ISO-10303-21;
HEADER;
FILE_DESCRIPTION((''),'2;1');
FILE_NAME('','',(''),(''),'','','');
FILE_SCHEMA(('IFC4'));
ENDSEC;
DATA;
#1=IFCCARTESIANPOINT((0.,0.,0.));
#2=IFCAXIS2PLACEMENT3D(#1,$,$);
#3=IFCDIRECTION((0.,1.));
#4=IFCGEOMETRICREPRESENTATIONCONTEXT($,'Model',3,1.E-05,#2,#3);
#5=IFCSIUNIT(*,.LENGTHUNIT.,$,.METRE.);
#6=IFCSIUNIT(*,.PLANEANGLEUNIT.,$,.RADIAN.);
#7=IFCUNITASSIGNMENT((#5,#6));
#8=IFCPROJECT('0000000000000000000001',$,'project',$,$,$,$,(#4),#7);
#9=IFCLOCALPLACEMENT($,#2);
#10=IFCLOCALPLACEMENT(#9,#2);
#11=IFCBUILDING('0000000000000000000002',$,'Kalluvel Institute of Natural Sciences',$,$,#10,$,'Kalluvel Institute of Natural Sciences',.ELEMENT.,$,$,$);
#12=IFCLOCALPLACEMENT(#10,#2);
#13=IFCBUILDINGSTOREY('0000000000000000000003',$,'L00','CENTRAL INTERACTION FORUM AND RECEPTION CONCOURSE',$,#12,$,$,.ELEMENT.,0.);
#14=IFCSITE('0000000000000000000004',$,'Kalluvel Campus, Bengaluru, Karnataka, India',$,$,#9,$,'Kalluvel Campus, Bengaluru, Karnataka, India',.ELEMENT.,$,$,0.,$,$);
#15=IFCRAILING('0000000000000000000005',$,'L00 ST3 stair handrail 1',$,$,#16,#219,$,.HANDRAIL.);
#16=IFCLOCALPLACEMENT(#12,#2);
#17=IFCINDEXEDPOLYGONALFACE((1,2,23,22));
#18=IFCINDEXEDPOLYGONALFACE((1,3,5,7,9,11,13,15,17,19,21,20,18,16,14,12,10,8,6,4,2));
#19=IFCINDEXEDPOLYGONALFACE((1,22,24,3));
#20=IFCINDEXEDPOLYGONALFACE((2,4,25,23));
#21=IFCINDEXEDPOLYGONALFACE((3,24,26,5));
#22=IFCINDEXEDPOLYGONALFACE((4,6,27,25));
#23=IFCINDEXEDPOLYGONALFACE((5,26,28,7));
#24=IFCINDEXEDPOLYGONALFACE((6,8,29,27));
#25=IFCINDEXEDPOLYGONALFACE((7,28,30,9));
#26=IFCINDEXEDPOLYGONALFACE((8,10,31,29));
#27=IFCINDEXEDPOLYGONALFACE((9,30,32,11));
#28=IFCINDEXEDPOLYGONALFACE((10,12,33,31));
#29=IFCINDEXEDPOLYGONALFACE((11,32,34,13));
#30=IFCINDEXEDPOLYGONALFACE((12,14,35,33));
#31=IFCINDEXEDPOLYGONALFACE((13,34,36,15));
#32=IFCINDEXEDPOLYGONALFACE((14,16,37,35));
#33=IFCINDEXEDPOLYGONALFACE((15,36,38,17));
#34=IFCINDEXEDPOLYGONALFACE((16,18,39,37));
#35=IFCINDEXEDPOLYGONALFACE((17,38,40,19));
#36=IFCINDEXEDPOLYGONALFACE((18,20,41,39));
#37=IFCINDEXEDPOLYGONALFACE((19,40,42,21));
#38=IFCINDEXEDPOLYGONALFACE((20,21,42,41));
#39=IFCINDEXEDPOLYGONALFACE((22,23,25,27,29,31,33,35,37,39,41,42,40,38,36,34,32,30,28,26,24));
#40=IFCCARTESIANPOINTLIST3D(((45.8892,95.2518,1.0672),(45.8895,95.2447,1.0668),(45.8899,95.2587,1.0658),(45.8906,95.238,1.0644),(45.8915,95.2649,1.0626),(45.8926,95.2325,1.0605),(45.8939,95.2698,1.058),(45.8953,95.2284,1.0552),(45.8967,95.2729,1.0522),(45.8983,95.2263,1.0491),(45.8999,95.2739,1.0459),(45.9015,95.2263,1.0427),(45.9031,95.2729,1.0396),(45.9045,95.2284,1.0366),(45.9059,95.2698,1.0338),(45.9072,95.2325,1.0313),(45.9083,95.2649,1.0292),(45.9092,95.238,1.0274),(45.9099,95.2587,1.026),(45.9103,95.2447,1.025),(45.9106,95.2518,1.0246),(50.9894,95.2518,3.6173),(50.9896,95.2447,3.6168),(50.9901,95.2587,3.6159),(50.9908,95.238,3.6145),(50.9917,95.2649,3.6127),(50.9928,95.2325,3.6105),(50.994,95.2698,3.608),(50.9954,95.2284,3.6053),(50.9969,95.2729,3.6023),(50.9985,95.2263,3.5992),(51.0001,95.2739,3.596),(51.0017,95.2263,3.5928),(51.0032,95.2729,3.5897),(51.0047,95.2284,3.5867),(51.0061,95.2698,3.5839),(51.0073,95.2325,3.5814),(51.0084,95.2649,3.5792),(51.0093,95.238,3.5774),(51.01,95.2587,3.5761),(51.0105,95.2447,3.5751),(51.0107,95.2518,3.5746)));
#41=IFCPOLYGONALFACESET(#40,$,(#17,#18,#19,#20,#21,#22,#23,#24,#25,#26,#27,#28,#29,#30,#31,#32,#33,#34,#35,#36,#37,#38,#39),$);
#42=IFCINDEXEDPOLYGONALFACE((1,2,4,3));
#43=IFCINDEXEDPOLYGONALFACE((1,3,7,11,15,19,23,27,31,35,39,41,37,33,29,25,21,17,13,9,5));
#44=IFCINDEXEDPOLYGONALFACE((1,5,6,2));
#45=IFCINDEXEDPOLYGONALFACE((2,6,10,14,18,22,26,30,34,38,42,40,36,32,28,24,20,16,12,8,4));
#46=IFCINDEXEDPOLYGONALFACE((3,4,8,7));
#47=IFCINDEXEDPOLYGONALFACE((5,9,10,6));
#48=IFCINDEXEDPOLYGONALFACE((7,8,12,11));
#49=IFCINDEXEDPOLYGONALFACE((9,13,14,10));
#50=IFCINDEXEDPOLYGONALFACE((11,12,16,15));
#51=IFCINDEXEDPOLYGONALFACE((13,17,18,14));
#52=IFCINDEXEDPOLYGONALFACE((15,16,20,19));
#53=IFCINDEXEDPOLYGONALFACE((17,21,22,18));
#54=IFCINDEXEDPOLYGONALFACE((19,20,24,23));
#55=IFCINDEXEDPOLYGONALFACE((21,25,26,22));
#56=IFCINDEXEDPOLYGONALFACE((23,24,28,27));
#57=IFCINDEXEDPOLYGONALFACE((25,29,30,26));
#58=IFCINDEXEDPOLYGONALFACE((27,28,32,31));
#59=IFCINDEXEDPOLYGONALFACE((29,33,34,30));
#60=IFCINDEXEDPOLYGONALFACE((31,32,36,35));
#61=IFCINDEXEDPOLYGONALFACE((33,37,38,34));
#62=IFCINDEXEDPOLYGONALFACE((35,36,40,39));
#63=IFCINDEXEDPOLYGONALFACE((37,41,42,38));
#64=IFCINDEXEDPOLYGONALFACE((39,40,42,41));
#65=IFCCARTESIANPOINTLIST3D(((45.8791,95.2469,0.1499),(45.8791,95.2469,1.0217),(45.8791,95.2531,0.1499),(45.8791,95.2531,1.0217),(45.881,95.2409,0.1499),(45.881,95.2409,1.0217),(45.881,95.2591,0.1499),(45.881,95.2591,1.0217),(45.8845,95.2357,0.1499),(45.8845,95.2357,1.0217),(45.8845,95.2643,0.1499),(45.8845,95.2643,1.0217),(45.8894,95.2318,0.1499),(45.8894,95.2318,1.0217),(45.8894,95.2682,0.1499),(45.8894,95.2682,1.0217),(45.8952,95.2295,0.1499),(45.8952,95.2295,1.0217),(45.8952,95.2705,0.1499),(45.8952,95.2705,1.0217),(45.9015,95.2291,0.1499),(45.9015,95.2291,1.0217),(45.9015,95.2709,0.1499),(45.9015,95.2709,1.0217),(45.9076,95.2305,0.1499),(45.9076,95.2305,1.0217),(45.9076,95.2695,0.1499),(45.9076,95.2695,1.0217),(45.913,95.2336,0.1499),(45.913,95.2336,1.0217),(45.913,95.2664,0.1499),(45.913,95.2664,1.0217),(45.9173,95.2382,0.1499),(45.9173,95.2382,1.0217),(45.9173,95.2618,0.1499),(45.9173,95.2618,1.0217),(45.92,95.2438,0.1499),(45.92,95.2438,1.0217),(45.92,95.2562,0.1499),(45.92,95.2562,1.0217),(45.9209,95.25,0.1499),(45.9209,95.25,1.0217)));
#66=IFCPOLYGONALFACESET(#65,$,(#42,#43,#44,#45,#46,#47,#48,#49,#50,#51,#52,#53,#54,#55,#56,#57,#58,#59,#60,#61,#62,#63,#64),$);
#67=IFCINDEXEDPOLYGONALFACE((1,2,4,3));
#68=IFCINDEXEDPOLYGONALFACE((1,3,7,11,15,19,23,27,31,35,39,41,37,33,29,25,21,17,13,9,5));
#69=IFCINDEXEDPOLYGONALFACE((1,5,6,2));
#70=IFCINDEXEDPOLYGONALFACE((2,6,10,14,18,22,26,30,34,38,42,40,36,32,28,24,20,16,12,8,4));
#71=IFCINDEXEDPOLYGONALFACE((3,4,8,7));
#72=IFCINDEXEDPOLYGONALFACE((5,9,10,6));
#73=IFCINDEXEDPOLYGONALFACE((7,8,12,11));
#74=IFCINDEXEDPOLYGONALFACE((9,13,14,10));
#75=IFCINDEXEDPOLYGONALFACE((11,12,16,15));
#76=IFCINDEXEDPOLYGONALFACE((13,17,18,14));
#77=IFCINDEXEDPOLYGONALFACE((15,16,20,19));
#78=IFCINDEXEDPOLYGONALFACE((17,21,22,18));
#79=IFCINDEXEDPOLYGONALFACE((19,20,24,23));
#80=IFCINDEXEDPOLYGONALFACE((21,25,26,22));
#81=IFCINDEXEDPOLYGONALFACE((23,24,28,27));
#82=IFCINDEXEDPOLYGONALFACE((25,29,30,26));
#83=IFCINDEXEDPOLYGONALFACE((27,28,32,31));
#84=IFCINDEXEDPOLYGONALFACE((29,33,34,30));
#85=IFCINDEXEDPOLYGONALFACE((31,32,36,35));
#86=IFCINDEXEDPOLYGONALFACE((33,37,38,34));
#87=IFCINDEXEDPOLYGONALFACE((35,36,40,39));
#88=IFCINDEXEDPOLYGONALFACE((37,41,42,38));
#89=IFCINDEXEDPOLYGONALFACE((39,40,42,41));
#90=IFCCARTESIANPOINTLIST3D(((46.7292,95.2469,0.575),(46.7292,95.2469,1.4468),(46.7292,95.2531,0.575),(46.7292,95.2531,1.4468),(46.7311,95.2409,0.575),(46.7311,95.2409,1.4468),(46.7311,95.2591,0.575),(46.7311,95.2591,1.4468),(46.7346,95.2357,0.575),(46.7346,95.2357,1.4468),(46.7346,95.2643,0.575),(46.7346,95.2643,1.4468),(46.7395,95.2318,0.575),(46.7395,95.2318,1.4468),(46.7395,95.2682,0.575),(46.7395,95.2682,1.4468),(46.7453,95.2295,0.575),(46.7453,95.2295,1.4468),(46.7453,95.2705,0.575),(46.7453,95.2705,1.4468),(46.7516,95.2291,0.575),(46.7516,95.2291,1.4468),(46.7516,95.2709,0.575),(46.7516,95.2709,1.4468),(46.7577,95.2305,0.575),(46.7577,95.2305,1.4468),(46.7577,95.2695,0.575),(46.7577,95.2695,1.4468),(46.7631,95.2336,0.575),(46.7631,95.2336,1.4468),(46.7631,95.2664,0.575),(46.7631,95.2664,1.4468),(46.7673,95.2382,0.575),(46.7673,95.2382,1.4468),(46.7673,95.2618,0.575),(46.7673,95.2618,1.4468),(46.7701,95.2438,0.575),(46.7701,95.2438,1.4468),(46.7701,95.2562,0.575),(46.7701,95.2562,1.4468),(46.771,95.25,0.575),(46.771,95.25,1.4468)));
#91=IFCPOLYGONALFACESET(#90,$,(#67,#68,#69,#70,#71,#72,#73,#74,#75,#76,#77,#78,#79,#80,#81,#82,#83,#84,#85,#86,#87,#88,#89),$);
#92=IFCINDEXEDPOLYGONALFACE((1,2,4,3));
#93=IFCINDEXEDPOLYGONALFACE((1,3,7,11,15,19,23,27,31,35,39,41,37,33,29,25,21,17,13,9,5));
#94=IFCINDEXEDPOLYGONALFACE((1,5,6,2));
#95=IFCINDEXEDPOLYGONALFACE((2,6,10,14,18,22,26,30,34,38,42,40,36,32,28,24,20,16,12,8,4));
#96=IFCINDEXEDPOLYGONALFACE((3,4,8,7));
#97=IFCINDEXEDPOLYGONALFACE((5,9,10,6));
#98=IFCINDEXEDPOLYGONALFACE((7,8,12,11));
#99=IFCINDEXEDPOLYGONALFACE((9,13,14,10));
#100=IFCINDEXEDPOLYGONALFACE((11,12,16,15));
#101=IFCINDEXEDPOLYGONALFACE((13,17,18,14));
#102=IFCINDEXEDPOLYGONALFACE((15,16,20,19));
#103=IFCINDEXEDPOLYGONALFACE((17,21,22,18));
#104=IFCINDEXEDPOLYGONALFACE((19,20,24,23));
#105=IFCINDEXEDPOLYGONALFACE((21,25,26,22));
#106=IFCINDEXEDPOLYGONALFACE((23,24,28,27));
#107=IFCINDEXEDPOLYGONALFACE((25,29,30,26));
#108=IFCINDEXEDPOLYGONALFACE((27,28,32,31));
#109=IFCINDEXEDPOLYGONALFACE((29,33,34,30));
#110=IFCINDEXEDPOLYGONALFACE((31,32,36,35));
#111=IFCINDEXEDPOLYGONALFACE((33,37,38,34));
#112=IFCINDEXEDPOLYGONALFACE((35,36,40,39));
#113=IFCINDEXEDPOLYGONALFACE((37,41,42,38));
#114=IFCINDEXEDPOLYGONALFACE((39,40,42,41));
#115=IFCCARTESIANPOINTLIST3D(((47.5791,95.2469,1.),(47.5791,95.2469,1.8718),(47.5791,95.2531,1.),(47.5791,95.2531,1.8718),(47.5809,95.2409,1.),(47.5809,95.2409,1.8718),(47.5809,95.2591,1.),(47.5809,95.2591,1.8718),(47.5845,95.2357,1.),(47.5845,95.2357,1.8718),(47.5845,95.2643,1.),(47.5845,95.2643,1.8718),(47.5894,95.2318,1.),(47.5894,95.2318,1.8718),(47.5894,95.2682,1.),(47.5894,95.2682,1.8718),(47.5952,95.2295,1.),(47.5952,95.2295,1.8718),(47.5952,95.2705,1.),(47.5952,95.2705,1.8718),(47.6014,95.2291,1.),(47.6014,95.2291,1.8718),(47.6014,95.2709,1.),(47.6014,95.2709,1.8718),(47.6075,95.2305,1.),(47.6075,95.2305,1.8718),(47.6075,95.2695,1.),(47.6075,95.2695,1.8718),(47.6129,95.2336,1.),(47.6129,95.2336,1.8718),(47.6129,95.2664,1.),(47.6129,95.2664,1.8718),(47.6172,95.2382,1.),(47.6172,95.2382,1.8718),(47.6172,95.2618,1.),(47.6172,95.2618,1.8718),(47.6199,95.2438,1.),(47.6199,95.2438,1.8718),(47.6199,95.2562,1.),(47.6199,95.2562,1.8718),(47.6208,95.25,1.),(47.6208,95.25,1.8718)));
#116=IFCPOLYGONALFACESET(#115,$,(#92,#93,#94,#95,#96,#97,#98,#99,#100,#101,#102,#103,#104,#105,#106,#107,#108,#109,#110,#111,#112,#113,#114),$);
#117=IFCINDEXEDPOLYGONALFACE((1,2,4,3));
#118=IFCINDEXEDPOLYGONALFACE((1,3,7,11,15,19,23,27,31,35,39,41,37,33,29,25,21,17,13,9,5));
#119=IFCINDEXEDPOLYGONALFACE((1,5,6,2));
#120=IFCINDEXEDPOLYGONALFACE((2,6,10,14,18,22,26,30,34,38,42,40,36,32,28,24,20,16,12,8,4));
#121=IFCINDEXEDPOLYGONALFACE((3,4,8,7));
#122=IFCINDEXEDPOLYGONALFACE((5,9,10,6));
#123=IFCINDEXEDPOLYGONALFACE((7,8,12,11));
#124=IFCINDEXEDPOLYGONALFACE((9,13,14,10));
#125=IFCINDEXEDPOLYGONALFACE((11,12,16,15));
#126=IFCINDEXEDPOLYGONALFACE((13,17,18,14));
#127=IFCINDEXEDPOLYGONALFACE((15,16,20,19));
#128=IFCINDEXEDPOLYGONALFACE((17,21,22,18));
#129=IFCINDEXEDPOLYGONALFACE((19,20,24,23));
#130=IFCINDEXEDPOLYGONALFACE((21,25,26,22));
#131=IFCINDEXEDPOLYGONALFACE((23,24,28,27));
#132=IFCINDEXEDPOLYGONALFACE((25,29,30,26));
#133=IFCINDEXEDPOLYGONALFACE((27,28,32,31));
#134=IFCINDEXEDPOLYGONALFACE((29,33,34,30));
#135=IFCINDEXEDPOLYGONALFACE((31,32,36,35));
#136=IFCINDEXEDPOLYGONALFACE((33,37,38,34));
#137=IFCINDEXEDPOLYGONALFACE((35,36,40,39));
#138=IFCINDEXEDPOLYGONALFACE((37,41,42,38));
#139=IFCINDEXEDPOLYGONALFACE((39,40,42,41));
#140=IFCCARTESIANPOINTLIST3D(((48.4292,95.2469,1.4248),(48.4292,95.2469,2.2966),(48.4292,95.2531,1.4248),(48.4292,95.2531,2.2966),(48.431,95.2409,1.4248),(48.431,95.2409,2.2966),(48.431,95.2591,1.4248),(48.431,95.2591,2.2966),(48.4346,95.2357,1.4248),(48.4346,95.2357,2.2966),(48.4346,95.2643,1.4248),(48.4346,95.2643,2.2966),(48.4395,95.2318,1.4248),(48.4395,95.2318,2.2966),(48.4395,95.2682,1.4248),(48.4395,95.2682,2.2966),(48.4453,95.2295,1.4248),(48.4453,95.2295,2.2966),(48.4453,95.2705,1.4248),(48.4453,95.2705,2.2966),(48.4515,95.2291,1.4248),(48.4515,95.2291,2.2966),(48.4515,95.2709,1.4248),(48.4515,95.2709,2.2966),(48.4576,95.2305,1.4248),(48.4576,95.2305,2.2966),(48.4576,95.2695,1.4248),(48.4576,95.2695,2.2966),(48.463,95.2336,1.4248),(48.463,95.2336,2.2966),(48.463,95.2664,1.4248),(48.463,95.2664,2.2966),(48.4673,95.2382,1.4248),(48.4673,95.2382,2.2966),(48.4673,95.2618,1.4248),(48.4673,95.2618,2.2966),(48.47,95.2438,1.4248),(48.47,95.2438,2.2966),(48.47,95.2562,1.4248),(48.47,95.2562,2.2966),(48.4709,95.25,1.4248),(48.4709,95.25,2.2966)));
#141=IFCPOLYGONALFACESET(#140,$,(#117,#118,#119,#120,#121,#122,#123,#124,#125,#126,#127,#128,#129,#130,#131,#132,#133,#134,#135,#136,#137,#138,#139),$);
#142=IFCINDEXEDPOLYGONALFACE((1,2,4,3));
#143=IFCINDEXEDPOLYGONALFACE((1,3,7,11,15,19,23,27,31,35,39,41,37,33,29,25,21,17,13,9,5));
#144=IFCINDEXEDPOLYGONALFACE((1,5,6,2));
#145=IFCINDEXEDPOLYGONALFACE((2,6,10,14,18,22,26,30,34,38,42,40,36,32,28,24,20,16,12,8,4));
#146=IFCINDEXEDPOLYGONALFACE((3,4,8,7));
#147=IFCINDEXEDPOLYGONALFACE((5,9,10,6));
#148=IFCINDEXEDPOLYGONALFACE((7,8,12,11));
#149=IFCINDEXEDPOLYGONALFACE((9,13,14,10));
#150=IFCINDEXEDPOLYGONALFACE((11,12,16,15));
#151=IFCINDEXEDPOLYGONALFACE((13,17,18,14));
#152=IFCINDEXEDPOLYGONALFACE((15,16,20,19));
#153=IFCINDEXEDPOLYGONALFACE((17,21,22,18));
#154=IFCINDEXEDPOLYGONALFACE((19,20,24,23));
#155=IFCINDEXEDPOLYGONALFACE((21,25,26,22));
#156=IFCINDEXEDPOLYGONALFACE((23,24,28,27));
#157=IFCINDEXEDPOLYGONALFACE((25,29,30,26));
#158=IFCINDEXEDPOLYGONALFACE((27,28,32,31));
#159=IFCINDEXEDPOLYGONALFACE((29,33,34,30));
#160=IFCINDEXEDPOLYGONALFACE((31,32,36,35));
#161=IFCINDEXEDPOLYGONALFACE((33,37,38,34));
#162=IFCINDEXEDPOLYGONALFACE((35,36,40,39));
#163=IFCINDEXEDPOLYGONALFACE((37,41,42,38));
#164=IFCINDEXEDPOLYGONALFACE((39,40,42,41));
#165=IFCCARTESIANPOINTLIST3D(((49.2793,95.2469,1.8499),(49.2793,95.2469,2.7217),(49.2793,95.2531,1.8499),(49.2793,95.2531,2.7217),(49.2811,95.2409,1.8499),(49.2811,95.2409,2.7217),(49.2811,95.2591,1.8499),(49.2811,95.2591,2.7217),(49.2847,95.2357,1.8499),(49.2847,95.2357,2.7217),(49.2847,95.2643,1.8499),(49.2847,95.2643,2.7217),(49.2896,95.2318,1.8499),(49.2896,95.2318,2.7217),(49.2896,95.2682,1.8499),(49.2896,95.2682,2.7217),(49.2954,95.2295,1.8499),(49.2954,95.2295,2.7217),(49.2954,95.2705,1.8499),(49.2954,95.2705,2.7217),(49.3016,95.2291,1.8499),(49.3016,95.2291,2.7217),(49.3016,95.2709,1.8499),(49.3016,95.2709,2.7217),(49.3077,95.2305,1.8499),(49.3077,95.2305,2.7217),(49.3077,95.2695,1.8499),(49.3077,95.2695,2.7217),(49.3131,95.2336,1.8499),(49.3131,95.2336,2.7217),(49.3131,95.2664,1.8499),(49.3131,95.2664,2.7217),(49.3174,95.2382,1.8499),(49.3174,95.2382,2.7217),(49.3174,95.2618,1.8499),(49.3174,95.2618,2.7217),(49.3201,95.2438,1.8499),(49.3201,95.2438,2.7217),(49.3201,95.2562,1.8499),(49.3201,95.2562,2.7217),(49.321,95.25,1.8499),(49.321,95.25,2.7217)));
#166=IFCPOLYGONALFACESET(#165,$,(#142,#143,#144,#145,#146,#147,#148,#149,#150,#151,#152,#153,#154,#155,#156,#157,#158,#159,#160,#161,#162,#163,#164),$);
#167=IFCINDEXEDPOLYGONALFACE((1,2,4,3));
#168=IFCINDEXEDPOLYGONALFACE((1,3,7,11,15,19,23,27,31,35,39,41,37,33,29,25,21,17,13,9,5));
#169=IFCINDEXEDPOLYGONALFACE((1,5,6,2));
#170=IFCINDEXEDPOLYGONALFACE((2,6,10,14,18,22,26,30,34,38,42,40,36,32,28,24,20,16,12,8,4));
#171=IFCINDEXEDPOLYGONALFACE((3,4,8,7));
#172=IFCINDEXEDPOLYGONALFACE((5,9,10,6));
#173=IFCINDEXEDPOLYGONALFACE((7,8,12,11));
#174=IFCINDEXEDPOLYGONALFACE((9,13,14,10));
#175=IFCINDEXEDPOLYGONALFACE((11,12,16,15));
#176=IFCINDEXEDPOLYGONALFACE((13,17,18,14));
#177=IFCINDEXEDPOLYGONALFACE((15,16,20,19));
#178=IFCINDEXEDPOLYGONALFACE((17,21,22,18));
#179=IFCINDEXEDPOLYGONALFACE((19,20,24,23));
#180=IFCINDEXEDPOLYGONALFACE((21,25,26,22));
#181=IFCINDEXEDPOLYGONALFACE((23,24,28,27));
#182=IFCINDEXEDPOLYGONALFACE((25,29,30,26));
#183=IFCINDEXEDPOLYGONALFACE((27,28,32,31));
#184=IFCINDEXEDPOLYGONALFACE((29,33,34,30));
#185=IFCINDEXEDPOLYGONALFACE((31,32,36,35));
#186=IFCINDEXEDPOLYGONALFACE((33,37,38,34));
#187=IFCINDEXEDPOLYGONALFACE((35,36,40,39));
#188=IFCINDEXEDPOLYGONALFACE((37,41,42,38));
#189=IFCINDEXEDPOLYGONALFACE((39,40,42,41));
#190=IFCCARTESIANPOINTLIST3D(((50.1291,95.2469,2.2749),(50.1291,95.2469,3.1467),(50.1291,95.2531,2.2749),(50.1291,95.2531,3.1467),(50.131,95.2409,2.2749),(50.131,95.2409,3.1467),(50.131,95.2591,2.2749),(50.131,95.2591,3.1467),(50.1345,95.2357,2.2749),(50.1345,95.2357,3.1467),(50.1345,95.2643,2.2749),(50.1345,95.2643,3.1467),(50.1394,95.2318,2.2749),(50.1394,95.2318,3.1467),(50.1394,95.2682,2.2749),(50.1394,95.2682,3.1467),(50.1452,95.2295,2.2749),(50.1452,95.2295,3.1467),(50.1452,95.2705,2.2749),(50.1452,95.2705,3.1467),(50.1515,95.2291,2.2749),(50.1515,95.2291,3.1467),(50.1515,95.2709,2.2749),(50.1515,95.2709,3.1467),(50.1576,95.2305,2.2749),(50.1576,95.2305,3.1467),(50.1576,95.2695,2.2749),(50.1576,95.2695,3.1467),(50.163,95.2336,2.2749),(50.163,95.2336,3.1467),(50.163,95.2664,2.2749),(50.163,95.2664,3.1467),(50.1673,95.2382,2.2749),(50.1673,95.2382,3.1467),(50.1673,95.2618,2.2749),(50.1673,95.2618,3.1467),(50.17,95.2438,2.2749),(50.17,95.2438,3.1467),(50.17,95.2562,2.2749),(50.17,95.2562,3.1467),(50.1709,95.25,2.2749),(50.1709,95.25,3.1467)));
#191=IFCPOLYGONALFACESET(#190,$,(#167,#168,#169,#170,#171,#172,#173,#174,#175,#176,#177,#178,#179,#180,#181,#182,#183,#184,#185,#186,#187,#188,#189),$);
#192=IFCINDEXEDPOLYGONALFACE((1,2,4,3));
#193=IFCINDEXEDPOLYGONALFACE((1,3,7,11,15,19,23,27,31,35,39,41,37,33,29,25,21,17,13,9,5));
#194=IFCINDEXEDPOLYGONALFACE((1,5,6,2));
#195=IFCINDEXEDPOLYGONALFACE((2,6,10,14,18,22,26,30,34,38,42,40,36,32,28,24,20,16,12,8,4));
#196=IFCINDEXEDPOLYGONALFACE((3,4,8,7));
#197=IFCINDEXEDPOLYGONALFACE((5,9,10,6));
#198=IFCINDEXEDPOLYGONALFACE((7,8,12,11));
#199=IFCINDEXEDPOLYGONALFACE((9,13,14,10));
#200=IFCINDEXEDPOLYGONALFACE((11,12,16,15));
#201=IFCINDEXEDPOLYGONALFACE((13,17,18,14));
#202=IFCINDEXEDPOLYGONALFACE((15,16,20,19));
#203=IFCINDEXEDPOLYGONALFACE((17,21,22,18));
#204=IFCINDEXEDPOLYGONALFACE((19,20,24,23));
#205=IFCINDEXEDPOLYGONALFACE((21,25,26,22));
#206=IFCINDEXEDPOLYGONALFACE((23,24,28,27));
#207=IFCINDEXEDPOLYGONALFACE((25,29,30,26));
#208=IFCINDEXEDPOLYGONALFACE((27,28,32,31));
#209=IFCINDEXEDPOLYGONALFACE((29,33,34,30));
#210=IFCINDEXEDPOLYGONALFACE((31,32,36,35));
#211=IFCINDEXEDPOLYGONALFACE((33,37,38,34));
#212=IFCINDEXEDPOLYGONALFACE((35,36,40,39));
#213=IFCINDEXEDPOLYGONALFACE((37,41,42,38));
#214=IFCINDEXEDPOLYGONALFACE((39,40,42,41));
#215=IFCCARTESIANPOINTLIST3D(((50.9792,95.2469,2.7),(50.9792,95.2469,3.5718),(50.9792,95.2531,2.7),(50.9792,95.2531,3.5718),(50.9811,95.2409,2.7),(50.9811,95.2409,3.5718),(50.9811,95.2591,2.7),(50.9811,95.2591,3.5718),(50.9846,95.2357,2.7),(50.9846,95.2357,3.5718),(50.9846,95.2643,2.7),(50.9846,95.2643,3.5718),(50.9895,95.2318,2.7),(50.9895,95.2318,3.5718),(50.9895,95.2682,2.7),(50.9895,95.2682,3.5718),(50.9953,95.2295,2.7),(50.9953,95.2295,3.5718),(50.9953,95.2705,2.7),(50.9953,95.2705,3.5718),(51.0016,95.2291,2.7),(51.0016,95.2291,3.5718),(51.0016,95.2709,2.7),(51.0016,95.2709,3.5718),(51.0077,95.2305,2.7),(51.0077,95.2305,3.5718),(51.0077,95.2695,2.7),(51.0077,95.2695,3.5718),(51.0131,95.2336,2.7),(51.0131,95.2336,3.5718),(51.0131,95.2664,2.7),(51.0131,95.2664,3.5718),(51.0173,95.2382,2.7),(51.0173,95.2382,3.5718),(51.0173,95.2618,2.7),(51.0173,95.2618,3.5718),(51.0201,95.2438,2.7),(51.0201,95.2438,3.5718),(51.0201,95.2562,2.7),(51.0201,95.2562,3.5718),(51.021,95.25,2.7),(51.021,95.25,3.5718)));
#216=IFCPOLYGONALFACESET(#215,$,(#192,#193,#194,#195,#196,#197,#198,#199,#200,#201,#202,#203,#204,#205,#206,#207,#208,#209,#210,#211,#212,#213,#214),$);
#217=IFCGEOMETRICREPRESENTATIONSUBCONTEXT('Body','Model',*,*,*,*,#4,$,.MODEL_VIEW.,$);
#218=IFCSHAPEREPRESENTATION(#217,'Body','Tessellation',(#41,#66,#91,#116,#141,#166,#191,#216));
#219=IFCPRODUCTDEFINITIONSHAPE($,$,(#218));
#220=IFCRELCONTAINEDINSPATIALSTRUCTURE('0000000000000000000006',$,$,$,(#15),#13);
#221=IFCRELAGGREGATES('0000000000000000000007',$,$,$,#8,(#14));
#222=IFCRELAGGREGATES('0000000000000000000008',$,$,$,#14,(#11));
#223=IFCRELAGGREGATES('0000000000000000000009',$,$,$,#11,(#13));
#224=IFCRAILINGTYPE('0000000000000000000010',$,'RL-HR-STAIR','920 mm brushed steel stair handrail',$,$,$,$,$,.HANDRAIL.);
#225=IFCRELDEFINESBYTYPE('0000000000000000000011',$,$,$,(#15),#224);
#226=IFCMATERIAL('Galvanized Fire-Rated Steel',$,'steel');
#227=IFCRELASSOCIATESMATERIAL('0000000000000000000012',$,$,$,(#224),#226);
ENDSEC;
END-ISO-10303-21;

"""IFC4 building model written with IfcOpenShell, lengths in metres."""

from ifc_helpers import new_model, si_unit, direction, frame, origin, origin_2d, place, context, subcontext, project, spatial, circle, extrude, material, type_object, element, save


model = new_model("IFC4")

# Units and contexts
model_context = context("Model", 3, precision=1e-05, world=origin(), true_north=direction((0.0, 1.0)))
body_context = subcontext(model_context, "Body", "Model", "MODEL_VIEW")
ifc_project = project(units=[si_unit("LENGTHUNIT", "METRE"), si_unit("PLANEANGLEUNIT", "RADIAN")], contexts=[model_context])

# Site, building, storey
site_placement = place(None, origin())
site = spatial("IfcSite", under=ifc_project, at=site_placement, Name="Kalluvel Campus, Bengaluru, Karnataka, India", LongName="Kalluvel Campus, Bengaluru, Karnataka, India", CompositionType="ELEMENT", RefElevation=0.0)
building_placement = place(site_placement, origin())
building = spatial("IfcBuilding", under=site, at=building_placement, Name="Kalluvel Institute of Natural Sciences", LongName="Kalluvel Institute of Natural Sciences", CompositionType="ELEMENT")
storey_placement = place(building_placement, origin())
storey = spatial("IfcBuildingStorey", under=building, at=storey_placement, Name="L00", Description="CENTRAL INTERACTION FORUM AND RECEPTION CONCOURSE", CompositionType="ELEMENT", Elevation=0.0)

# Railing
ifc_material_1 = material(Name="Galvanized Fire-Rated Steel", Category="steel")
railing_type_1 = type_object("IfcRailingType", Name="RL-HR-STAIR", Description="920 mm brushed steel stair handrail", PredefinedType="HANDRAIL", material=ifc_material_1)
railing_1_placement = place(storey_placement, frame((45.8999, 95.25, 0.1499)))
element("IfcRailing", 1, at=railing_1_placement, inside=storey, type_object=railing_type_1, Name="L00 ST3 stair handrail 1", PredefinedType="HANDRAIL", context=body_context, shape_type="SweptSolid", body=[
    extrude(circle(Radius=0.0239, at=origin_2d()), frame((0.0, 0.0, 0.896), z_axis=(0.894427, 0.0, 0.447214), x_axis=(0.0, 1.0, 0.0)), (0.0, 0.0, 1.0), 5.7021),
    extrude(circle(Radius=0.021, at=origin_2d()), origin(), (0.0, 0.0, 1.0), 0.8718),
    extrude(circle(Radius=0.021, at=origin_2d()), frame((0.8501, 0.0, 0.425)), (0.0, 0.0, 1.0), 0.8718),
    extrude(circle(Radius=0.021, at=origin_2d()), frame((1.7, 0.0, 0.8501)), (0.0, 0.0, 1.0), 0.8718),
    extrude(circle(Radius=0.021, at=origin_2d()), frame((2.55, 0.0, 1.2749)), (0.0, 0.0, 1.0), 0.8718),
    extrude(circle(Radius=0.021, at=origin_2d()), frame((3.4001, 0.0, 1.7)), (0.0, 0.0, 1.0), 0.8718),
    extrude(circle(Radius=0.021, at=origin_2d()), frame((4.25, 0.0, 2.125)), (0.0, 0.0, 1.0), 0.8718),
    extrude(circle(Radius=0.021, at=origin_2d()), frame((5.1001, 0.0, 2.55)), (0.0, 0.0, 1.0), 0.8718),
])

save(model, "model.ifc")
